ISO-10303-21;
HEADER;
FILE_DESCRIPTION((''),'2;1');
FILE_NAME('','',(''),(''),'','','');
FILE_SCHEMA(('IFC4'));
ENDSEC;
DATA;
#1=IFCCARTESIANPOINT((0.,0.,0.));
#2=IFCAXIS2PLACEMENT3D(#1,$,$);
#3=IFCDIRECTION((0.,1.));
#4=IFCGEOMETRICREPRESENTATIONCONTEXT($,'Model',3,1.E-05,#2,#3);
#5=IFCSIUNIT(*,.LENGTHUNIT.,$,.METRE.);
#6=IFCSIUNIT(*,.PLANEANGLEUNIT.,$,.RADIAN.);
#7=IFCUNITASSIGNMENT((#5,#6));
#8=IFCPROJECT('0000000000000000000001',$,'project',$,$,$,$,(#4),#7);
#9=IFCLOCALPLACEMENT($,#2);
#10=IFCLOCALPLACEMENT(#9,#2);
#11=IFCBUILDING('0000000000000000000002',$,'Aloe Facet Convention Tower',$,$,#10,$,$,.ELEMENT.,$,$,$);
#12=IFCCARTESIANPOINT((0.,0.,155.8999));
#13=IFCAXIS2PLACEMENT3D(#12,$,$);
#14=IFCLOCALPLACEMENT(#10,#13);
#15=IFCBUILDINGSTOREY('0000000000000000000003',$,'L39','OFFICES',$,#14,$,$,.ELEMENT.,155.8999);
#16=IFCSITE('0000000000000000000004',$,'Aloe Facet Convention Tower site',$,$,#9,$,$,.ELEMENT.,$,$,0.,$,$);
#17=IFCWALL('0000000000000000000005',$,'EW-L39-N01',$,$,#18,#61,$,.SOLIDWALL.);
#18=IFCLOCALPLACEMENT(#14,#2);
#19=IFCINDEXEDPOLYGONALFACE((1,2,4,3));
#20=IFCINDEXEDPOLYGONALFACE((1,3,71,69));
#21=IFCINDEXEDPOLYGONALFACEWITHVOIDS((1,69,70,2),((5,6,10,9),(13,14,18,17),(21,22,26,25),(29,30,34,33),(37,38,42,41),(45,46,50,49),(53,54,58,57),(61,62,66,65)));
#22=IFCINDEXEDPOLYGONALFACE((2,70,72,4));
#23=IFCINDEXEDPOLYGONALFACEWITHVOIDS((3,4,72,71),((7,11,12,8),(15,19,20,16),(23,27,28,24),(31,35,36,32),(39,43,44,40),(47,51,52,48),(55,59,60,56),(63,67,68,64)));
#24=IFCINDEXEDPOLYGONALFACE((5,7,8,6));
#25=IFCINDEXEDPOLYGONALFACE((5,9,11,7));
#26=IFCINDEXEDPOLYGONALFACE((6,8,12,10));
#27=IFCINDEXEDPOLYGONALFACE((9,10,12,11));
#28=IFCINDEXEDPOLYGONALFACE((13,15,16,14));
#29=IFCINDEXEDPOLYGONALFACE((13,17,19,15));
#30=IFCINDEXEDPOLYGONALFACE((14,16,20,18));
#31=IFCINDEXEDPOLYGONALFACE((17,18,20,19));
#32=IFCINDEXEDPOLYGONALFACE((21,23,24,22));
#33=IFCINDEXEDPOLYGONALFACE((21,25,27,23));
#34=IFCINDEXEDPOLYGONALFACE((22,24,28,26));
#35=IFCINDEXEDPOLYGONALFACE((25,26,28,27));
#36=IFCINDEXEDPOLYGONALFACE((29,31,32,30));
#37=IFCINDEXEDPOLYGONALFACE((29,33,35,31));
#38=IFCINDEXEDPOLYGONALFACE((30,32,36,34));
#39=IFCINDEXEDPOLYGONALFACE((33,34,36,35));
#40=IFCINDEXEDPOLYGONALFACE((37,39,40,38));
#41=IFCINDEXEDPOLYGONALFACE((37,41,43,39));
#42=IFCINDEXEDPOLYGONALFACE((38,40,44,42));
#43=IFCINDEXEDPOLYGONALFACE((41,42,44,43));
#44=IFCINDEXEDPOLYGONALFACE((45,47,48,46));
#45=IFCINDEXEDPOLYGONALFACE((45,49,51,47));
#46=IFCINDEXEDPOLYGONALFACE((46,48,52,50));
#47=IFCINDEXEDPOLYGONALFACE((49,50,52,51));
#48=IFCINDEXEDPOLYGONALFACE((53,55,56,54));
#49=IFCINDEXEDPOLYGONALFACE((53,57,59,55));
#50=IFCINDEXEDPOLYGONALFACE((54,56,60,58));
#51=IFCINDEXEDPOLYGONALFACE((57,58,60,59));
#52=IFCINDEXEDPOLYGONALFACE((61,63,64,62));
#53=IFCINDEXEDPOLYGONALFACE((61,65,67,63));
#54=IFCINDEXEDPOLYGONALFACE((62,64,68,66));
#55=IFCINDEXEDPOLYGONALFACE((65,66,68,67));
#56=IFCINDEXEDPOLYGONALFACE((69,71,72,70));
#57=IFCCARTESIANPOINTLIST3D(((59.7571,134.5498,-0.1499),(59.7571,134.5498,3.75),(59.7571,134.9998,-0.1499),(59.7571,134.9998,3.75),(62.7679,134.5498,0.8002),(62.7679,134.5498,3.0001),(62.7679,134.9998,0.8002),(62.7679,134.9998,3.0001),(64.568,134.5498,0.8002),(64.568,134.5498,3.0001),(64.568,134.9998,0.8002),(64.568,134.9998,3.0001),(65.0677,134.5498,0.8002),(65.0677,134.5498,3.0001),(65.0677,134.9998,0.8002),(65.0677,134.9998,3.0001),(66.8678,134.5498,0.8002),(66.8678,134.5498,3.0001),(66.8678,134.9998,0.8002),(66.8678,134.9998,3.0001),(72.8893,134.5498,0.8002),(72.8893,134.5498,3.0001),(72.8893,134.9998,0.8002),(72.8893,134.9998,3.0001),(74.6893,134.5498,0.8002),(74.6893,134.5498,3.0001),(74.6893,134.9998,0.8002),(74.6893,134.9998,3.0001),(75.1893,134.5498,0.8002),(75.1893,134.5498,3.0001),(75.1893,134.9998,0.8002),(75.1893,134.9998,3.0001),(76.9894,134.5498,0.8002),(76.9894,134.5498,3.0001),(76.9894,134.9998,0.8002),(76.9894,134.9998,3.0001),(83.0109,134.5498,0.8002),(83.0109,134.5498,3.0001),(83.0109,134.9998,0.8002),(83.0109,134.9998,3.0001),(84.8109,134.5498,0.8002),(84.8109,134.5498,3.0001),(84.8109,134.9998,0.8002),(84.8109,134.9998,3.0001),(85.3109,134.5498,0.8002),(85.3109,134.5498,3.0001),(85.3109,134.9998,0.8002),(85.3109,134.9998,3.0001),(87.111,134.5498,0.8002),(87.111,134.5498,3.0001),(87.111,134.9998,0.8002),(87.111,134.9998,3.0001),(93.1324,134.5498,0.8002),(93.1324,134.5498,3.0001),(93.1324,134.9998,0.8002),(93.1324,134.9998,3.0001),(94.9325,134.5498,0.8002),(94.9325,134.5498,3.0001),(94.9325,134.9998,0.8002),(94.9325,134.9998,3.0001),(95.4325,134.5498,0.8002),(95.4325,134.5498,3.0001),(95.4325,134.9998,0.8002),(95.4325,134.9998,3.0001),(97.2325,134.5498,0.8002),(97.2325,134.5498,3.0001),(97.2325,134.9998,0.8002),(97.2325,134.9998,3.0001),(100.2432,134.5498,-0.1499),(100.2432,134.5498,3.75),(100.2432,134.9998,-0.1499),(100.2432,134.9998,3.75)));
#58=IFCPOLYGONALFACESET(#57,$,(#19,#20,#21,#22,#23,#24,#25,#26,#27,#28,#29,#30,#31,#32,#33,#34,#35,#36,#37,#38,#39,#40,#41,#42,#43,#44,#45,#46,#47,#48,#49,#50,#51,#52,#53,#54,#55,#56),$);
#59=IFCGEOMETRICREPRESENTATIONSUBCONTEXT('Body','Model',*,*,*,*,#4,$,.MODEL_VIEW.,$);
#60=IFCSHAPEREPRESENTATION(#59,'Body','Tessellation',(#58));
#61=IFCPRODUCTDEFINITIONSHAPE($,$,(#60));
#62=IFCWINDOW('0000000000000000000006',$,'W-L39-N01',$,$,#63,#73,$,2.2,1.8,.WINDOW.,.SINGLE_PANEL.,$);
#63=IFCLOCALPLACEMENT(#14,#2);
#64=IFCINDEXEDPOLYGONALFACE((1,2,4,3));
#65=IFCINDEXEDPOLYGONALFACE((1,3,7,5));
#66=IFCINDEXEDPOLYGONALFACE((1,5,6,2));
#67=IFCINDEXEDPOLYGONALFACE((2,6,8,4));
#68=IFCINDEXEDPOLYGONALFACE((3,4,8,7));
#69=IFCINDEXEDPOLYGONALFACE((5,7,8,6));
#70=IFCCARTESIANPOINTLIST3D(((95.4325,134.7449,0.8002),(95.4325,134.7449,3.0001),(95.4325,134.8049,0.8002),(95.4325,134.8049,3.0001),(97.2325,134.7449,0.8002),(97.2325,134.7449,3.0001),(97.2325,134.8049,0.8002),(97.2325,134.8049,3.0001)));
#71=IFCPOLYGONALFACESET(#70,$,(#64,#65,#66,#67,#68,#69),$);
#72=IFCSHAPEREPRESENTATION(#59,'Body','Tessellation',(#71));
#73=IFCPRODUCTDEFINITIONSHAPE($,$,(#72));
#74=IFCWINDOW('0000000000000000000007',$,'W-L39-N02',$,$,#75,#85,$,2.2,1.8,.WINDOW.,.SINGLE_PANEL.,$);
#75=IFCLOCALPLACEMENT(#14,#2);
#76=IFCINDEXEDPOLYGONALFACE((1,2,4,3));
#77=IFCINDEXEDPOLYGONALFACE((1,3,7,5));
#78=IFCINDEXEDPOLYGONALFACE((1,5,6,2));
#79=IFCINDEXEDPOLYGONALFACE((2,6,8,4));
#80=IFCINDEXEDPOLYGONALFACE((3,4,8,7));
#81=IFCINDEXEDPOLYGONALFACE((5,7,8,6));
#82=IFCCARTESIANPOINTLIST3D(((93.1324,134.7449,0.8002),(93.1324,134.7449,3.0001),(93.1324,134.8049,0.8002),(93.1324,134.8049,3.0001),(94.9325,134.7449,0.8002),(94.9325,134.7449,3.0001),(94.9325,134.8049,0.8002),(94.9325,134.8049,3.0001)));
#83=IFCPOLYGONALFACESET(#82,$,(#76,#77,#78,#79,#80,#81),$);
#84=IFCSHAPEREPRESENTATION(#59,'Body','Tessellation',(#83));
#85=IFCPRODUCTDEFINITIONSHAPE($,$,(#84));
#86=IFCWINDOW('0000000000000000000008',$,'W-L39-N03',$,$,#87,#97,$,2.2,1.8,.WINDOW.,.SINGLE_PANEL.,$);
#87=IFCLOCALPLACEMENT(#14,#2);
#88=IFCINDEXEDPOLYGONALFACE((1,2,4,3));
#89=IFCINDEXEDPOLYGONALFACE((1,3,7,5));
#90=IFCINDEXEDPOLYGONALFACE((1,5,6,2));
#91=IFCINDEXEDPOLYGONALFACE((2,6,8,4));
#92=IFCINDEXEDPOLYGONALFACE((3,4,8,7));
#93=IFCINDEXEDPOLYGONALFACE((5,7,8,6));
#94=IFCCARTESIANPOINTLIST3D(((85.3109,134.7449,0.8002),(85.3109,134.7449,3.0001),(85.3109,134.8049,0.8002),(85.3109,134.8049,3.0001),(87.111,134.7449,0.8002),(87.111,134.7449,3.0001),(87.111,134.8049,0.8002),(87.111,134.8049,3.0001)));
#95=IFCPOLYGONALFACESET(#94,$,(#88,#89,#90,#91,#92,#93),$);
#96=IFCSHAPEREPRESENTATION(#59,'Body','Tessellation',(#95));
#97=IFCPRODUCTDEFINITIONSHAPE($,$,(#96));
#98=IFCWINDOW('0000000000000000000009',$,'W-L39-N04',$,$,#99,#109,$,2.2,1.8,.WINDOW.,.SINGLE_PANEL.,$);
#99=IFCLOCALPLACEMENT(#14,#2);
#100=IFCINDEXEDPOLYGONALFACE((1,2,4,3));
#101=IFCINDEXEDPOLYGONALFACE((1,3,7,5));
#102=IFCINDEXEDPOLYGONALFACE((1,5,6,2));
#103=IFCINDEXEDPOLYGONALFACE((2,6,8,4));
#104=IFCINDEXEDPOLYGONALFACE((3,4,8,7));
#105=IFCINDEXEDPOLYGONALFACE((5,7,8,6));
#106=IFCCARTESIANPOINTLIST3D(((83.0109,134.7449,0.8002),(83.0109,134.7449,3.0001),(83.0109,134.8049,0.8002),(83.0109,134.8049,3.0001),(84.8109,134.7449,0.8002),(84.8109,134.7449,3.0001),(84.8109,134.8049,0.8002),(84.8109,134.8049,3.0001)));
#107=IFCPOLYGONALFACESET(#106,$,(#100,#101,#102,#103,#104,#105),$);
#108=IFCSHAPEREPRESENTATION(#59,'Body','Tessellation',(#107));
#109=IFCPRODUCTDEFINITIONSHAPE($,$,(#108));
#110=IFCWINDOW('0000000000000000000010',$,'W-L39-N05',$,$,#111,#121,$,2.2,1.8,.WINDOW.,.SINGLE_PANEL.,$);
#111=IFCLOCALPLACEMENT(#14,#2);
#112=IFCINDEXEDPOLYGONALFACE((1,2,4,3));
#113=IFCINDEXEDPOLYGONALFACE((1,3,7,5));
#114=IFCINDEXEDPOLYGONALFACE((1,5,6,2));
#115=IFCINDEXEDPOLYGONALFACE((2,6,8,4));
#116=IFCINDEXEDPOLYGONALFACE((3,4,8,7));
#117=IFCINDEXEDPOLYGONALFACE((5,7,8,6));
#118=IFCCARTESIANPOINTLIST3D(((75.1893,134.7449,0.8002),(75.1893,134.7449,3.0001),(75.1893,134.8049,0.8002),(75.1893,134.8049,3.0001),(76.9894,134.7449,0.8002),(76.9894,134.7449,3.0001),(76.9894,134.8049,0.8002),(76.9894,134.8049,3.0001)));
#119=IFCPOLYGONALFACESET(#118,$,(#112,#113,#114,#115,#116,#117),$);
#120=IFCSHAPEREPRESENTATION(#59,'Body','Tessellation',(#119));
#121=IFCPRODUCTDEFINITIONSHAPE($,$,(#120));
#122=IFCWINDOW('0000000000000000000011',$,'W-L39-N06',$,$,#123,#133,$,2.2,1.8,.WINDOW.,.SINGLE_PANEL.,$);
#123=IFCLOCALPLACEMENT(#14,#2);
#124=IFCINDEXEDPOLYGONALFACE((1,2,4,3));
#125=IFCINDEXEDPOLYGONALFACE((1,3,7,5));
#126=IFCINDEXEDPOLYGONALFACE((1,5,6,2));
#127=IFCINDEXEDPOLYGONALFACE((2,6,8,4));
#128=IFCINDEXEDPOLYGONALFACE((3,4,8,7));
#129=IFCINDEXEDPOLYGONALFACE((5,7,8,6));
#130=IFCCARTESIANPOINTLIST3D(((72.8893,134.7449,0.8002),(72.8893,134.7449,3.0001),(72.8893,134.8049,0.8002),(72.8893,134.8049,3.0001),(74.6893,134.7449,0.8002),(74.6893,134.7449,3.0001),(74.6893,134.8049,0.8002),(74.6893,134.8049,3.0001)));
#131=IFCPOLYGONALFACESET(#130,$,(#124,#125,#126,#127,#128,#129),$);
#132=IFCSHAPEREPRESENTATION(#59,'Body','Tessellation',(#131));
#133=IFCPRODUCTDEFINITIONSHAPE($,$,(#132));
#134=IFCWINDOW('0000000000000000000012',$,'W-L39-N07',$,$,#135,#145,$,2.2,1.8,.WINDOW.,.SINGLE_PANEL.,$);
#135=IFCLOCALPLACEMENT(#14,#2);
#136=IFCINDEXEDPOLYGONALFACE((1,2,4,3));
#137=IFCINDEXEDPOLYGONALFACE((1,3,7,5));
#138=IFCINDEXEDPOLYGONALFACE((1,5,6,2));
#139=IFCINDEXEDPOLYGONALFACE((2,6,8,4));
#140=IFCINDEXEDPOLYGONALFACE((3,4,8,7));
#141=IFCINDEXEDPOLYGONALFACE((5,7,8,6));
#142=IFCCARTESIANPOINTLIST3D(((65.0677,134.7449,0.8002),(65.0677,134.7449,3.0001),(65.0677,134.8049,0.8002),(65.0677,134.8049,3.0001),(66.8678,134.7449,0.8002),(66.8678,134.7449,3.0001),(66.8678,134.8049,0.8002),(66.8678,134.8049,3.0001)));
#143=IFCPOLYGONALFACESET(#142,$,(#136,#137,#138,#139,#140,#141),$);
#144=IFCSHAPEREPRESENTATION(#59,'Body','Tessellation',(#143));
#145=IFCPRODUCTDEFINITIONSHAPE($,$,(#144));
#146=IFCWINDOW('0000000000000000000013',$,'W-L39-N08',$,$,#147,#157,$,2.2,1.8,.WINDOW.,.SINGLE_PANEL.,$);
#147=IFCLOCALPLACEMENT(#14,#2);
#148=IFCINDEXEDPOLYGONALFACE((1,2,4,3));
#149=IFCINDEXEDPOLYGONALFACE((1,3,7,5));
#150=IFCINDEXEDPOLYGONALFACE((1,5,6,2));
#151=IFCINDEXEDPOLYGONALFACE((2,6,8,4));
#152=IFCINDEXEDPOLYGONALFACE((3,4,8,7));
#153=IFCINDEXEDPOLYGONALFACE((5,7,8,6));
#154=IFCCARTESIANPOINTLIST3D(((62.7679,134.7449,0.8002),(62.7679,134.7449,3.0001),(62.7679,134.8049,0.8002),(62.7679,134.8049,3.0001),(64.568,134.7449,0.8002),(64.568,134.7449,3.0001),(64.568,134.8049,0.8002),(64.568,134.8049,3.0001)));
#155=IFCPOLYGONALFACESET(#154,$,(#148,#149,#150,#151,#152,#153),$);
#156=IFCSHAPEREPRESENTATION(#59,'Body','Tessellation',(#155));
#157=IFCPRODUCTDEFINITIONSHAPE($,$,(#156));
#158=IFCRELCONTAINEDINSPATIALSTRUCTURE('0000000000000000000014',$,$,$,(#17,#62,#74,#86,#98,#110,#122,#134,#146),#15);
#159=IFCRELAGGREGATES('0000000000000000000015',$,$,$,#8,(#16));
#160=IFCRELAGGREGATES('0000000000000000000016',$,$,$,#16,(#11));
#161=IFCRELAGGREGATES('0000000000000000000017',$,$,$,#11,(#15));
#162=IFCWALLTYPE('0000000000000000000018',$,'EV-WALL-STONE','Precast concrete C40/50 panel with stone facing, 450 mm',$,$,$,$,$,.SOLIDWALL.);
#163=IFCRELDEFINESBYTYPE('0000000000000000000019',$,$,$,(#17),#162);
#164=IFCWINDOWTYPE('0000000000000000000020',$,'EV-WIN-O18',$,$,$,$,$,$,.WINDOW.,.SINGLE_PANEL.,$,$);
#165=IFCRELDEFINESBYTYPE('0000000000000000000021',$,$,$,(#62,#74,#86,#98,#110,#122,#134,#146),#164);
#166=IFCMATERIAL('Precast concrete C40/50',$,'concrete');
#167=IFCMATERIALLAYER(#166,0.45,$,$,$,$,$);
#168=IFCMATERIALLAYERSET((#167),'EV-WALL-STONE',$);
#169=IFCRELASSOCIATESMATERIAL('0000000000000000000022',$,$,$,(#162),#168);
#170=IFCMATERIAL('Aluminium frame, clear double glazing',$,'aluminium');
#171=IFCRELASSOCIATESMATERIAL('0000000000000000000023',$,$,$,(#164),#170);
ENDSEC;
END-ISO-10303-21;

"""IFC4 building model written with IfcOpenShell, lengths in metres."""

from ifc_helpers import new_model, si_unit, direction, frame, frame_2d, origin, place, context, subcontext, project, spatial, polyline, rectangle, outline, extrude, material, layer, layer_set, type_object, element, fill, save


model = new_model("IFC4")

# Units and contexts
model_context = context("Model", 3, precision=1e-05, world=origin(), true_north=direction((0.0, 1.0)))
body_context = subcontext(model_context, "Body", "Model", "MODEL_VIEW")
ifc_project = project(units=[si_unit("LENGTHUNIT", "METRE"), si_unit("PLANEANGLEUNIT", "RADIAN")], contexts=[model_context])

# Site, building, storey
site_placement = place(None, origin())
site = spatial("IfcSite", under=ifc_project, at=site_placement, Name="Aloe Facet Convention Tower site", CompositionType="ELEMENT", RefElevation=0.0)
building_placement = place(site_placement, origin())
building = spatial("IfcBuilding", under=site, at=building_placement, Name="Aloe Facet Convention Tower", CompositionType="ELEMENT")
storey_placement = place(building_placement, frame((0.0, 0.0, 155.8999)))
storey = spatial("IfcBuildingStorey", under=building, at=storey_placement, Name="L39", Description="OFFICES", CompositionType="ELEMENT", Elevation=155.8999)

# Wall, openings, windows
ifc_material_1 = material(Name="Precast concrete C40/50", Category="concrete")
ifc_layer_1 = layer(ifc_material_1, 0.45)
ifc_layer_set_1 = layer_set([ifc_layer_1], Name="EV-WALL-STONE")
wall_type_1 = type_object("IfcWallType", Name="EV-WALL-STONE", Description="Precast concrete C40/50 panel with stone facing, 450 mm", PredefinedType="SOLIDWALL", material=ifc_layer_set_1)
wall_1_placement = place(storey_placement, frame((100.2432, 134.7749, -0.1499), z_axis=(0.0, 0.0, 1.0), x_axis=(-1.0, 0.0, 0.0)))
wall_1 = element("IfcWall", 1, at=wall_1_placement, inside=storey, type_object=wall_type_1, Name="EW-L39-N01", PredefinedType="SOLIDWALL", context=body_context, shape_type="SweptSolid", body=[
    extrude(outline(polyline([(40.4861, 0.0), (40.4861, 3.8999), (0.0, 3.8999), (0.0, 0.0), (40.4861, 0.0)])), frame((0.0, 0.2251, 0.0), z_axis=(0.0, -1.0, 0.0), x_axis=(1.0, 0.0, 0.0)), (0.0, 0.0, 1.0), 0.45),
])
opening_1_placement = place(wall_1_placement, frame((3.0107, 0.0, 0.95)))
opening_1 = element("IfcOpeningElement", 2, at=opening_1_placement, cuts=wall_1, PredefinedType="OPENING", context=body_context, shape_type="SweptSolid", body=[
    extrude(rectangle(XDim=1.8, YDim=2.2, at=frame_2d((0.8999, 1.1001))), frame((0.0, 0.2349, 0.0), z_axis=(0.0, -1.0, 0.0), x_axis=(1.0, 0.0, 0.0)), (0.0, 0.0, 1.0), 0.47),
])
opening_2_placement = place(wall_1_placement, frame((5.3108, 0.0, 0.95)))
opening_2 = element("IfcOpeningElement", 3, at=opening_2_placement, cuts=wall_1, PredefinedType="OPENING", context=body_context, shape_type="SweptSolid", body=[
    extrude(rectangle(XDim=1.8, YDim=2.2, at=frame_2d((0.8999, 1.1001))), frame((0.0, 0.2349, 0.0), z_axis=(0.0, -1.0, 0.0), x_axis=(1.0, 0.0, 0.0)), (0.0, 0.0, 1.0), 0.47),
])
opening_3_placement = place(wall_1_placement, frame((13.1323, 0.0, 0.95)))
opening_3 = element("IfcOpeningElement", 4, at=opening_3_placement, cuts=wall_1, PredefinedType="OPENING", context=body_context, shape_type="SweptSolid", body=[
    extrude(rectangle(XDim=1.8, YDim=2.2, at=frame_2d((0.8999, 1.1001))), frame((0.0, 0.2349, 0.0), z_axis=(0.0, -1.0, 0.0), x_axis=(1.0, 0.0, 0.0)), (0.0, 0.0, 1.0), 0.47),
])
opening_4_placement = place(wall_1_placement, frame((15.4324, 0.0, 0.95)))
opening_4 = element("IfcOpeningElement", 5, at=opening_4_placement, cuts=wall_1, PredefinedType="OPENING", context=body_context, shape_type="SweptSolid", body=[
    extrude(rectangle(XDim=1.8, YDim=2.2, at=frame_2d((0.8999, 1.1001))), frame((0.0, 0.2349, 0.0), z_axis=(0.0, -1.0, 0.0), x_axis=(1.0, 0.0, 0.0)), (0.0, 0.0, 1.0), 0.47),
])
opening_5_placement = place(wall_1_placement, frame((23.2539, 0.0, 0.95)))
opening_5 = element("IfcOpeningElement", 6, at=opening_5_placement, cuts=wall_1, PredefinedType="OPENING", context=body_context, shape_type="SweptSolid", body=[
    extrude(rectangle(XDim=1.8, YDim=2.2, at=frame_2d((0.8999, 1.1001))), frame((0.0, 0.2349, 0.0), z_axis=(0.0, -1.0, 0.0), x_axis=(1.0, 0.0, 0.0)), (0.0, 0.0, 1.0), 0.47),
])
opening_6_placement = place(wall_1_placement, frame((25.554, 0.0, 0.95)))
opening_6 = element("IfcOpeningElement", 7, at=opening_6_placement, cuts=wall_1, PredefinedType="OPENING", context=body_context, shape_type="SweptSolid", body=[
    extrude(rectangle(XDim=1.8, YDim=2.2, at=frame_2d((0.8999, 1.1001))), frame((0.0, 0.2349, 0.0), z_axis=(0.0, -1.0, 0.0), x_axis=(1.0, 0.0, 0.0)), (0.0, 0.0, 1.0), 0.47),
])
opening_7_placement = place(wall_1_placement, frame((33.3755, 0.0, 0.95)))
opening_7 = element("IfcOpeningElement", 8, at=opening_7_placement, cuts=wall_1, PredefinedType="OPENING", context=body_context, shape_type="SweptSolid", body=[
    extrude(rectangle(XDim=1.8, YDim=2.2, at=frame_2d((0.8999, 1.1001))), frame((0.0, 0.2349, 0.0), z_axis=(0.0, -1.0, 0.0), x_axis=(1.0, 0.0, 0.0)), (0.0, 0.0, 1.0), 0.47),
])
opening_8_placement = place(wall_1_placement, frame((35.6753, 0.0, 0.95)))
opening_8 = element("IfcOpeningElement", 9, at=opening_8_placement, cuts=wall_1, PredefinedType="OPENING", context=body_context, shape_type="SweptSolid", body=[
    extrude(rectangle(XDim=1.8, YDim=2.2, at=frame_2d((0.8999, 1.1001))), frame((0.0, 0.2349, 0.0), z_axis=(0.0, -1.0, 0.0), x_axis=(1.0, 0.0, 0.0)), (0.0, 0.0, 1.0), 0.47),
])
ifc_material_2 = material(Name="Aluminium frame, clear double glazing", Category="aluminium")
window_type = type_object("IfcWindowType", Name="EV-WIN-O18", PartitioningType="SINGLE_PANEL", PredefinedType="WINDOW", material=ifc_material_2)
window_1_placement = place(opening_1_placement, origin())
window_1 = element("IfcWindow", 10, at=window_1_placement, inside=storey, type_object=window_type, Name="W-L39-N01", OverallHeight=2.2, OverallWidth=1.8, PartitioningType="SINGLE_PANEL", PredefinedType="WINDOW", context=body_context, shape_type="SweptSolid", body=[
    extrude(rectangle(XDim=1.8, YDim=2.2, at=frame_2d((0.8999, 1.1001))), frame((0.0, 0.03, 0.0), z_axis=(0.0, -1.0, 0.0), x_axis=(1.0, 0.0, 0.0)), (0.0, 0.0, 1.0), 0.0601),
])
fill(opening_1, window_1)
window_2_placement = place(opening_2_placement, origin())
window_2 = element("IfcWindow", 11, at=window_2_placement, inside=storey, type_object=window_type, Name="W-L39-N02", OverallHeight=2.2, OverallWidth=1.8, PartitioningType="SINGLE_PANEL", PredefinedType="WINDOW", context=body_context, shape_type="SweptSolid", body=[
    extrude(rectangle(XDim=1.8, YDim=2.2, at=frame_2d((0.8999, 1.1001))), frame((0.0, 0.03, 0.0), z_axis=(0.0, -1.0, 0.0), x_axis=(1.0, 0.0, 0.0)), (0.0, 0.0, 1.0), 0.0601),
])
fill(opening_2, window_2)
window_3_placement = place(opening_3_placement, origin())
window_3 = element("IfcWindow", 12, at=window_3_placement, inside=storey, type_object=window_type, Name="W-L39-N03", OverallHeight=2.2, OverallWidth=1.8, PartitioningType="SINGLE_PANEL", PredefinedType="WINDOW", context=body_context, shape_type="SweptSolid", body=[
    extrude(rectangle(XDim=1.8, YDim=2.2, at=frame_2d((0.8999, 1.1001))), frame((0.0, 0.03, 0.0), z_axis=(0.0, -1.0, 0.0), x_axis=(1.0, 0.0, 0.0)), (0.0, 0.0, 1.0), 0.0601),
])
fill(opening_3, window_3)
window_4_placement = place(opening_4_placement, origin())
window_4 = element("IfcWindow", 13, at=window_4_placement, inside=storey, type_object=window_type, Name="W-L39-N04", OverallHeight=2.2, OverallWidth=1.8, PartitioningType="SINGLE_PANEL", PredefinedType="WINDOW", context=body_context, shape_type="SweptSolid", body=[
    extrude(rectangle(XDim=1.8, YDim=2.2, at=frame_2d((0.8999, 1.1001))), frame((0.0, 0.03, 0.0), z_axis=(0.0, -1.0, 0.0), x_axis=(1.0, 0.0, 0.0)), (0.0, 0.0, 1.0), 0.0601),
])
fill(opening_4, window_4)
window_5_placement = place(opening_5_placement, origin())
window_5 = element("IfcWindow", 14, at=window_5_placement, inside=storey, type_object=window_type, Name="W-L39-N05", OverallHeight=2.2, OverallWidth=1.8, PartitioningType="SINGLE_PANEL", PredefinedType="WINDOW", context=body_context, shape_type="SweptSolid", body=[
    extrude(rectangle(XDim=1.8, YDim=2.2, at=frame_2d((0.8999, 1.1001))), frame((0.0, 0.03, 0.0), z_axis=(0.0, -1.0, 0.0), x_axis=(1.0, 0.0, 0.0)), (0.0, 0.0, 1.0), 0.0601),
])
fill(opening_5, window_5)
window_6_placement = place(opening_6_placement, origin())
window_6 = element("IfcWindow", 15, at=window_6_placement, inside=storey, type_object=window_type, Name="W-L39-N06", OverallHeight=2.2, OverallWidth=1.8, PartitioningType="SINGLE_PANEL", PredefinedType="WINDOW", context=body_context, shape_type="SweptSolid", body=[
    extrude(rectangle(XDim=1.8, YDim=2.2, at=frame_2d((0.8999, 1.1001))), frame((0.0, 0.03, 0.0), z_axis=(0.0, -1.0, 0.0), x_axis=(1.0, 0.0, 0.0)), (0.0, 0.0, 1.0), 0.0601),
])
fill(opening_6, window_6)
window_7_placement = place(opening_7_placement, origin())
window_7 = element("IfcWindow", 16, at=window_7_placement, inside=storey, type_object=window_type, Name="W-L39-N07", OverallHeight=2.2, OverallWidth=1.8, PartitioningType="SINGLE_PANEL", PredefinedType="WINDOW", context=body_context, shape_type="SweptSolid", body=[
    extrude(rectangle(XDim=1.8, YDim=2.2, at=frame_2d((0.8999, 1.1001))), frame((0.0, 0.03, 0.0), z_axis=(0.0, -1.0, 0.0), x_axis=(1.0, 0.0, 0.0)), (0.0, 0.0, 1.0), 0.0601),
])
fill(opening_7, window_7)
window_8_placement = place(opening_8_placement, origin())
window_8 = element("IfcWindow", 17, at=window_8_placement, inside=storey, type_object=window_type, Name="W-L39-N08", OverallHeight=2.2, OverallWidth=1.8, PartitioningType="SINGLE_PANEL", PredefinedType="WINDOW", context=body_context, shape_type="SweptSolid", body=[
    extrude(rectangle(XDim=1.8, YDim=2.2, at=frame_2d((0.8999, 1.1001))), frame((0.0, 0.03, 0.0), z_axis=(0.0, -1.0, 0.0), x_axis=(1.0, 0.0, 0.0)), (0.0, 0.0, 1.0), 0.0601),
])
fill(opening_8, window_8)

save(model, "model.ifc")
